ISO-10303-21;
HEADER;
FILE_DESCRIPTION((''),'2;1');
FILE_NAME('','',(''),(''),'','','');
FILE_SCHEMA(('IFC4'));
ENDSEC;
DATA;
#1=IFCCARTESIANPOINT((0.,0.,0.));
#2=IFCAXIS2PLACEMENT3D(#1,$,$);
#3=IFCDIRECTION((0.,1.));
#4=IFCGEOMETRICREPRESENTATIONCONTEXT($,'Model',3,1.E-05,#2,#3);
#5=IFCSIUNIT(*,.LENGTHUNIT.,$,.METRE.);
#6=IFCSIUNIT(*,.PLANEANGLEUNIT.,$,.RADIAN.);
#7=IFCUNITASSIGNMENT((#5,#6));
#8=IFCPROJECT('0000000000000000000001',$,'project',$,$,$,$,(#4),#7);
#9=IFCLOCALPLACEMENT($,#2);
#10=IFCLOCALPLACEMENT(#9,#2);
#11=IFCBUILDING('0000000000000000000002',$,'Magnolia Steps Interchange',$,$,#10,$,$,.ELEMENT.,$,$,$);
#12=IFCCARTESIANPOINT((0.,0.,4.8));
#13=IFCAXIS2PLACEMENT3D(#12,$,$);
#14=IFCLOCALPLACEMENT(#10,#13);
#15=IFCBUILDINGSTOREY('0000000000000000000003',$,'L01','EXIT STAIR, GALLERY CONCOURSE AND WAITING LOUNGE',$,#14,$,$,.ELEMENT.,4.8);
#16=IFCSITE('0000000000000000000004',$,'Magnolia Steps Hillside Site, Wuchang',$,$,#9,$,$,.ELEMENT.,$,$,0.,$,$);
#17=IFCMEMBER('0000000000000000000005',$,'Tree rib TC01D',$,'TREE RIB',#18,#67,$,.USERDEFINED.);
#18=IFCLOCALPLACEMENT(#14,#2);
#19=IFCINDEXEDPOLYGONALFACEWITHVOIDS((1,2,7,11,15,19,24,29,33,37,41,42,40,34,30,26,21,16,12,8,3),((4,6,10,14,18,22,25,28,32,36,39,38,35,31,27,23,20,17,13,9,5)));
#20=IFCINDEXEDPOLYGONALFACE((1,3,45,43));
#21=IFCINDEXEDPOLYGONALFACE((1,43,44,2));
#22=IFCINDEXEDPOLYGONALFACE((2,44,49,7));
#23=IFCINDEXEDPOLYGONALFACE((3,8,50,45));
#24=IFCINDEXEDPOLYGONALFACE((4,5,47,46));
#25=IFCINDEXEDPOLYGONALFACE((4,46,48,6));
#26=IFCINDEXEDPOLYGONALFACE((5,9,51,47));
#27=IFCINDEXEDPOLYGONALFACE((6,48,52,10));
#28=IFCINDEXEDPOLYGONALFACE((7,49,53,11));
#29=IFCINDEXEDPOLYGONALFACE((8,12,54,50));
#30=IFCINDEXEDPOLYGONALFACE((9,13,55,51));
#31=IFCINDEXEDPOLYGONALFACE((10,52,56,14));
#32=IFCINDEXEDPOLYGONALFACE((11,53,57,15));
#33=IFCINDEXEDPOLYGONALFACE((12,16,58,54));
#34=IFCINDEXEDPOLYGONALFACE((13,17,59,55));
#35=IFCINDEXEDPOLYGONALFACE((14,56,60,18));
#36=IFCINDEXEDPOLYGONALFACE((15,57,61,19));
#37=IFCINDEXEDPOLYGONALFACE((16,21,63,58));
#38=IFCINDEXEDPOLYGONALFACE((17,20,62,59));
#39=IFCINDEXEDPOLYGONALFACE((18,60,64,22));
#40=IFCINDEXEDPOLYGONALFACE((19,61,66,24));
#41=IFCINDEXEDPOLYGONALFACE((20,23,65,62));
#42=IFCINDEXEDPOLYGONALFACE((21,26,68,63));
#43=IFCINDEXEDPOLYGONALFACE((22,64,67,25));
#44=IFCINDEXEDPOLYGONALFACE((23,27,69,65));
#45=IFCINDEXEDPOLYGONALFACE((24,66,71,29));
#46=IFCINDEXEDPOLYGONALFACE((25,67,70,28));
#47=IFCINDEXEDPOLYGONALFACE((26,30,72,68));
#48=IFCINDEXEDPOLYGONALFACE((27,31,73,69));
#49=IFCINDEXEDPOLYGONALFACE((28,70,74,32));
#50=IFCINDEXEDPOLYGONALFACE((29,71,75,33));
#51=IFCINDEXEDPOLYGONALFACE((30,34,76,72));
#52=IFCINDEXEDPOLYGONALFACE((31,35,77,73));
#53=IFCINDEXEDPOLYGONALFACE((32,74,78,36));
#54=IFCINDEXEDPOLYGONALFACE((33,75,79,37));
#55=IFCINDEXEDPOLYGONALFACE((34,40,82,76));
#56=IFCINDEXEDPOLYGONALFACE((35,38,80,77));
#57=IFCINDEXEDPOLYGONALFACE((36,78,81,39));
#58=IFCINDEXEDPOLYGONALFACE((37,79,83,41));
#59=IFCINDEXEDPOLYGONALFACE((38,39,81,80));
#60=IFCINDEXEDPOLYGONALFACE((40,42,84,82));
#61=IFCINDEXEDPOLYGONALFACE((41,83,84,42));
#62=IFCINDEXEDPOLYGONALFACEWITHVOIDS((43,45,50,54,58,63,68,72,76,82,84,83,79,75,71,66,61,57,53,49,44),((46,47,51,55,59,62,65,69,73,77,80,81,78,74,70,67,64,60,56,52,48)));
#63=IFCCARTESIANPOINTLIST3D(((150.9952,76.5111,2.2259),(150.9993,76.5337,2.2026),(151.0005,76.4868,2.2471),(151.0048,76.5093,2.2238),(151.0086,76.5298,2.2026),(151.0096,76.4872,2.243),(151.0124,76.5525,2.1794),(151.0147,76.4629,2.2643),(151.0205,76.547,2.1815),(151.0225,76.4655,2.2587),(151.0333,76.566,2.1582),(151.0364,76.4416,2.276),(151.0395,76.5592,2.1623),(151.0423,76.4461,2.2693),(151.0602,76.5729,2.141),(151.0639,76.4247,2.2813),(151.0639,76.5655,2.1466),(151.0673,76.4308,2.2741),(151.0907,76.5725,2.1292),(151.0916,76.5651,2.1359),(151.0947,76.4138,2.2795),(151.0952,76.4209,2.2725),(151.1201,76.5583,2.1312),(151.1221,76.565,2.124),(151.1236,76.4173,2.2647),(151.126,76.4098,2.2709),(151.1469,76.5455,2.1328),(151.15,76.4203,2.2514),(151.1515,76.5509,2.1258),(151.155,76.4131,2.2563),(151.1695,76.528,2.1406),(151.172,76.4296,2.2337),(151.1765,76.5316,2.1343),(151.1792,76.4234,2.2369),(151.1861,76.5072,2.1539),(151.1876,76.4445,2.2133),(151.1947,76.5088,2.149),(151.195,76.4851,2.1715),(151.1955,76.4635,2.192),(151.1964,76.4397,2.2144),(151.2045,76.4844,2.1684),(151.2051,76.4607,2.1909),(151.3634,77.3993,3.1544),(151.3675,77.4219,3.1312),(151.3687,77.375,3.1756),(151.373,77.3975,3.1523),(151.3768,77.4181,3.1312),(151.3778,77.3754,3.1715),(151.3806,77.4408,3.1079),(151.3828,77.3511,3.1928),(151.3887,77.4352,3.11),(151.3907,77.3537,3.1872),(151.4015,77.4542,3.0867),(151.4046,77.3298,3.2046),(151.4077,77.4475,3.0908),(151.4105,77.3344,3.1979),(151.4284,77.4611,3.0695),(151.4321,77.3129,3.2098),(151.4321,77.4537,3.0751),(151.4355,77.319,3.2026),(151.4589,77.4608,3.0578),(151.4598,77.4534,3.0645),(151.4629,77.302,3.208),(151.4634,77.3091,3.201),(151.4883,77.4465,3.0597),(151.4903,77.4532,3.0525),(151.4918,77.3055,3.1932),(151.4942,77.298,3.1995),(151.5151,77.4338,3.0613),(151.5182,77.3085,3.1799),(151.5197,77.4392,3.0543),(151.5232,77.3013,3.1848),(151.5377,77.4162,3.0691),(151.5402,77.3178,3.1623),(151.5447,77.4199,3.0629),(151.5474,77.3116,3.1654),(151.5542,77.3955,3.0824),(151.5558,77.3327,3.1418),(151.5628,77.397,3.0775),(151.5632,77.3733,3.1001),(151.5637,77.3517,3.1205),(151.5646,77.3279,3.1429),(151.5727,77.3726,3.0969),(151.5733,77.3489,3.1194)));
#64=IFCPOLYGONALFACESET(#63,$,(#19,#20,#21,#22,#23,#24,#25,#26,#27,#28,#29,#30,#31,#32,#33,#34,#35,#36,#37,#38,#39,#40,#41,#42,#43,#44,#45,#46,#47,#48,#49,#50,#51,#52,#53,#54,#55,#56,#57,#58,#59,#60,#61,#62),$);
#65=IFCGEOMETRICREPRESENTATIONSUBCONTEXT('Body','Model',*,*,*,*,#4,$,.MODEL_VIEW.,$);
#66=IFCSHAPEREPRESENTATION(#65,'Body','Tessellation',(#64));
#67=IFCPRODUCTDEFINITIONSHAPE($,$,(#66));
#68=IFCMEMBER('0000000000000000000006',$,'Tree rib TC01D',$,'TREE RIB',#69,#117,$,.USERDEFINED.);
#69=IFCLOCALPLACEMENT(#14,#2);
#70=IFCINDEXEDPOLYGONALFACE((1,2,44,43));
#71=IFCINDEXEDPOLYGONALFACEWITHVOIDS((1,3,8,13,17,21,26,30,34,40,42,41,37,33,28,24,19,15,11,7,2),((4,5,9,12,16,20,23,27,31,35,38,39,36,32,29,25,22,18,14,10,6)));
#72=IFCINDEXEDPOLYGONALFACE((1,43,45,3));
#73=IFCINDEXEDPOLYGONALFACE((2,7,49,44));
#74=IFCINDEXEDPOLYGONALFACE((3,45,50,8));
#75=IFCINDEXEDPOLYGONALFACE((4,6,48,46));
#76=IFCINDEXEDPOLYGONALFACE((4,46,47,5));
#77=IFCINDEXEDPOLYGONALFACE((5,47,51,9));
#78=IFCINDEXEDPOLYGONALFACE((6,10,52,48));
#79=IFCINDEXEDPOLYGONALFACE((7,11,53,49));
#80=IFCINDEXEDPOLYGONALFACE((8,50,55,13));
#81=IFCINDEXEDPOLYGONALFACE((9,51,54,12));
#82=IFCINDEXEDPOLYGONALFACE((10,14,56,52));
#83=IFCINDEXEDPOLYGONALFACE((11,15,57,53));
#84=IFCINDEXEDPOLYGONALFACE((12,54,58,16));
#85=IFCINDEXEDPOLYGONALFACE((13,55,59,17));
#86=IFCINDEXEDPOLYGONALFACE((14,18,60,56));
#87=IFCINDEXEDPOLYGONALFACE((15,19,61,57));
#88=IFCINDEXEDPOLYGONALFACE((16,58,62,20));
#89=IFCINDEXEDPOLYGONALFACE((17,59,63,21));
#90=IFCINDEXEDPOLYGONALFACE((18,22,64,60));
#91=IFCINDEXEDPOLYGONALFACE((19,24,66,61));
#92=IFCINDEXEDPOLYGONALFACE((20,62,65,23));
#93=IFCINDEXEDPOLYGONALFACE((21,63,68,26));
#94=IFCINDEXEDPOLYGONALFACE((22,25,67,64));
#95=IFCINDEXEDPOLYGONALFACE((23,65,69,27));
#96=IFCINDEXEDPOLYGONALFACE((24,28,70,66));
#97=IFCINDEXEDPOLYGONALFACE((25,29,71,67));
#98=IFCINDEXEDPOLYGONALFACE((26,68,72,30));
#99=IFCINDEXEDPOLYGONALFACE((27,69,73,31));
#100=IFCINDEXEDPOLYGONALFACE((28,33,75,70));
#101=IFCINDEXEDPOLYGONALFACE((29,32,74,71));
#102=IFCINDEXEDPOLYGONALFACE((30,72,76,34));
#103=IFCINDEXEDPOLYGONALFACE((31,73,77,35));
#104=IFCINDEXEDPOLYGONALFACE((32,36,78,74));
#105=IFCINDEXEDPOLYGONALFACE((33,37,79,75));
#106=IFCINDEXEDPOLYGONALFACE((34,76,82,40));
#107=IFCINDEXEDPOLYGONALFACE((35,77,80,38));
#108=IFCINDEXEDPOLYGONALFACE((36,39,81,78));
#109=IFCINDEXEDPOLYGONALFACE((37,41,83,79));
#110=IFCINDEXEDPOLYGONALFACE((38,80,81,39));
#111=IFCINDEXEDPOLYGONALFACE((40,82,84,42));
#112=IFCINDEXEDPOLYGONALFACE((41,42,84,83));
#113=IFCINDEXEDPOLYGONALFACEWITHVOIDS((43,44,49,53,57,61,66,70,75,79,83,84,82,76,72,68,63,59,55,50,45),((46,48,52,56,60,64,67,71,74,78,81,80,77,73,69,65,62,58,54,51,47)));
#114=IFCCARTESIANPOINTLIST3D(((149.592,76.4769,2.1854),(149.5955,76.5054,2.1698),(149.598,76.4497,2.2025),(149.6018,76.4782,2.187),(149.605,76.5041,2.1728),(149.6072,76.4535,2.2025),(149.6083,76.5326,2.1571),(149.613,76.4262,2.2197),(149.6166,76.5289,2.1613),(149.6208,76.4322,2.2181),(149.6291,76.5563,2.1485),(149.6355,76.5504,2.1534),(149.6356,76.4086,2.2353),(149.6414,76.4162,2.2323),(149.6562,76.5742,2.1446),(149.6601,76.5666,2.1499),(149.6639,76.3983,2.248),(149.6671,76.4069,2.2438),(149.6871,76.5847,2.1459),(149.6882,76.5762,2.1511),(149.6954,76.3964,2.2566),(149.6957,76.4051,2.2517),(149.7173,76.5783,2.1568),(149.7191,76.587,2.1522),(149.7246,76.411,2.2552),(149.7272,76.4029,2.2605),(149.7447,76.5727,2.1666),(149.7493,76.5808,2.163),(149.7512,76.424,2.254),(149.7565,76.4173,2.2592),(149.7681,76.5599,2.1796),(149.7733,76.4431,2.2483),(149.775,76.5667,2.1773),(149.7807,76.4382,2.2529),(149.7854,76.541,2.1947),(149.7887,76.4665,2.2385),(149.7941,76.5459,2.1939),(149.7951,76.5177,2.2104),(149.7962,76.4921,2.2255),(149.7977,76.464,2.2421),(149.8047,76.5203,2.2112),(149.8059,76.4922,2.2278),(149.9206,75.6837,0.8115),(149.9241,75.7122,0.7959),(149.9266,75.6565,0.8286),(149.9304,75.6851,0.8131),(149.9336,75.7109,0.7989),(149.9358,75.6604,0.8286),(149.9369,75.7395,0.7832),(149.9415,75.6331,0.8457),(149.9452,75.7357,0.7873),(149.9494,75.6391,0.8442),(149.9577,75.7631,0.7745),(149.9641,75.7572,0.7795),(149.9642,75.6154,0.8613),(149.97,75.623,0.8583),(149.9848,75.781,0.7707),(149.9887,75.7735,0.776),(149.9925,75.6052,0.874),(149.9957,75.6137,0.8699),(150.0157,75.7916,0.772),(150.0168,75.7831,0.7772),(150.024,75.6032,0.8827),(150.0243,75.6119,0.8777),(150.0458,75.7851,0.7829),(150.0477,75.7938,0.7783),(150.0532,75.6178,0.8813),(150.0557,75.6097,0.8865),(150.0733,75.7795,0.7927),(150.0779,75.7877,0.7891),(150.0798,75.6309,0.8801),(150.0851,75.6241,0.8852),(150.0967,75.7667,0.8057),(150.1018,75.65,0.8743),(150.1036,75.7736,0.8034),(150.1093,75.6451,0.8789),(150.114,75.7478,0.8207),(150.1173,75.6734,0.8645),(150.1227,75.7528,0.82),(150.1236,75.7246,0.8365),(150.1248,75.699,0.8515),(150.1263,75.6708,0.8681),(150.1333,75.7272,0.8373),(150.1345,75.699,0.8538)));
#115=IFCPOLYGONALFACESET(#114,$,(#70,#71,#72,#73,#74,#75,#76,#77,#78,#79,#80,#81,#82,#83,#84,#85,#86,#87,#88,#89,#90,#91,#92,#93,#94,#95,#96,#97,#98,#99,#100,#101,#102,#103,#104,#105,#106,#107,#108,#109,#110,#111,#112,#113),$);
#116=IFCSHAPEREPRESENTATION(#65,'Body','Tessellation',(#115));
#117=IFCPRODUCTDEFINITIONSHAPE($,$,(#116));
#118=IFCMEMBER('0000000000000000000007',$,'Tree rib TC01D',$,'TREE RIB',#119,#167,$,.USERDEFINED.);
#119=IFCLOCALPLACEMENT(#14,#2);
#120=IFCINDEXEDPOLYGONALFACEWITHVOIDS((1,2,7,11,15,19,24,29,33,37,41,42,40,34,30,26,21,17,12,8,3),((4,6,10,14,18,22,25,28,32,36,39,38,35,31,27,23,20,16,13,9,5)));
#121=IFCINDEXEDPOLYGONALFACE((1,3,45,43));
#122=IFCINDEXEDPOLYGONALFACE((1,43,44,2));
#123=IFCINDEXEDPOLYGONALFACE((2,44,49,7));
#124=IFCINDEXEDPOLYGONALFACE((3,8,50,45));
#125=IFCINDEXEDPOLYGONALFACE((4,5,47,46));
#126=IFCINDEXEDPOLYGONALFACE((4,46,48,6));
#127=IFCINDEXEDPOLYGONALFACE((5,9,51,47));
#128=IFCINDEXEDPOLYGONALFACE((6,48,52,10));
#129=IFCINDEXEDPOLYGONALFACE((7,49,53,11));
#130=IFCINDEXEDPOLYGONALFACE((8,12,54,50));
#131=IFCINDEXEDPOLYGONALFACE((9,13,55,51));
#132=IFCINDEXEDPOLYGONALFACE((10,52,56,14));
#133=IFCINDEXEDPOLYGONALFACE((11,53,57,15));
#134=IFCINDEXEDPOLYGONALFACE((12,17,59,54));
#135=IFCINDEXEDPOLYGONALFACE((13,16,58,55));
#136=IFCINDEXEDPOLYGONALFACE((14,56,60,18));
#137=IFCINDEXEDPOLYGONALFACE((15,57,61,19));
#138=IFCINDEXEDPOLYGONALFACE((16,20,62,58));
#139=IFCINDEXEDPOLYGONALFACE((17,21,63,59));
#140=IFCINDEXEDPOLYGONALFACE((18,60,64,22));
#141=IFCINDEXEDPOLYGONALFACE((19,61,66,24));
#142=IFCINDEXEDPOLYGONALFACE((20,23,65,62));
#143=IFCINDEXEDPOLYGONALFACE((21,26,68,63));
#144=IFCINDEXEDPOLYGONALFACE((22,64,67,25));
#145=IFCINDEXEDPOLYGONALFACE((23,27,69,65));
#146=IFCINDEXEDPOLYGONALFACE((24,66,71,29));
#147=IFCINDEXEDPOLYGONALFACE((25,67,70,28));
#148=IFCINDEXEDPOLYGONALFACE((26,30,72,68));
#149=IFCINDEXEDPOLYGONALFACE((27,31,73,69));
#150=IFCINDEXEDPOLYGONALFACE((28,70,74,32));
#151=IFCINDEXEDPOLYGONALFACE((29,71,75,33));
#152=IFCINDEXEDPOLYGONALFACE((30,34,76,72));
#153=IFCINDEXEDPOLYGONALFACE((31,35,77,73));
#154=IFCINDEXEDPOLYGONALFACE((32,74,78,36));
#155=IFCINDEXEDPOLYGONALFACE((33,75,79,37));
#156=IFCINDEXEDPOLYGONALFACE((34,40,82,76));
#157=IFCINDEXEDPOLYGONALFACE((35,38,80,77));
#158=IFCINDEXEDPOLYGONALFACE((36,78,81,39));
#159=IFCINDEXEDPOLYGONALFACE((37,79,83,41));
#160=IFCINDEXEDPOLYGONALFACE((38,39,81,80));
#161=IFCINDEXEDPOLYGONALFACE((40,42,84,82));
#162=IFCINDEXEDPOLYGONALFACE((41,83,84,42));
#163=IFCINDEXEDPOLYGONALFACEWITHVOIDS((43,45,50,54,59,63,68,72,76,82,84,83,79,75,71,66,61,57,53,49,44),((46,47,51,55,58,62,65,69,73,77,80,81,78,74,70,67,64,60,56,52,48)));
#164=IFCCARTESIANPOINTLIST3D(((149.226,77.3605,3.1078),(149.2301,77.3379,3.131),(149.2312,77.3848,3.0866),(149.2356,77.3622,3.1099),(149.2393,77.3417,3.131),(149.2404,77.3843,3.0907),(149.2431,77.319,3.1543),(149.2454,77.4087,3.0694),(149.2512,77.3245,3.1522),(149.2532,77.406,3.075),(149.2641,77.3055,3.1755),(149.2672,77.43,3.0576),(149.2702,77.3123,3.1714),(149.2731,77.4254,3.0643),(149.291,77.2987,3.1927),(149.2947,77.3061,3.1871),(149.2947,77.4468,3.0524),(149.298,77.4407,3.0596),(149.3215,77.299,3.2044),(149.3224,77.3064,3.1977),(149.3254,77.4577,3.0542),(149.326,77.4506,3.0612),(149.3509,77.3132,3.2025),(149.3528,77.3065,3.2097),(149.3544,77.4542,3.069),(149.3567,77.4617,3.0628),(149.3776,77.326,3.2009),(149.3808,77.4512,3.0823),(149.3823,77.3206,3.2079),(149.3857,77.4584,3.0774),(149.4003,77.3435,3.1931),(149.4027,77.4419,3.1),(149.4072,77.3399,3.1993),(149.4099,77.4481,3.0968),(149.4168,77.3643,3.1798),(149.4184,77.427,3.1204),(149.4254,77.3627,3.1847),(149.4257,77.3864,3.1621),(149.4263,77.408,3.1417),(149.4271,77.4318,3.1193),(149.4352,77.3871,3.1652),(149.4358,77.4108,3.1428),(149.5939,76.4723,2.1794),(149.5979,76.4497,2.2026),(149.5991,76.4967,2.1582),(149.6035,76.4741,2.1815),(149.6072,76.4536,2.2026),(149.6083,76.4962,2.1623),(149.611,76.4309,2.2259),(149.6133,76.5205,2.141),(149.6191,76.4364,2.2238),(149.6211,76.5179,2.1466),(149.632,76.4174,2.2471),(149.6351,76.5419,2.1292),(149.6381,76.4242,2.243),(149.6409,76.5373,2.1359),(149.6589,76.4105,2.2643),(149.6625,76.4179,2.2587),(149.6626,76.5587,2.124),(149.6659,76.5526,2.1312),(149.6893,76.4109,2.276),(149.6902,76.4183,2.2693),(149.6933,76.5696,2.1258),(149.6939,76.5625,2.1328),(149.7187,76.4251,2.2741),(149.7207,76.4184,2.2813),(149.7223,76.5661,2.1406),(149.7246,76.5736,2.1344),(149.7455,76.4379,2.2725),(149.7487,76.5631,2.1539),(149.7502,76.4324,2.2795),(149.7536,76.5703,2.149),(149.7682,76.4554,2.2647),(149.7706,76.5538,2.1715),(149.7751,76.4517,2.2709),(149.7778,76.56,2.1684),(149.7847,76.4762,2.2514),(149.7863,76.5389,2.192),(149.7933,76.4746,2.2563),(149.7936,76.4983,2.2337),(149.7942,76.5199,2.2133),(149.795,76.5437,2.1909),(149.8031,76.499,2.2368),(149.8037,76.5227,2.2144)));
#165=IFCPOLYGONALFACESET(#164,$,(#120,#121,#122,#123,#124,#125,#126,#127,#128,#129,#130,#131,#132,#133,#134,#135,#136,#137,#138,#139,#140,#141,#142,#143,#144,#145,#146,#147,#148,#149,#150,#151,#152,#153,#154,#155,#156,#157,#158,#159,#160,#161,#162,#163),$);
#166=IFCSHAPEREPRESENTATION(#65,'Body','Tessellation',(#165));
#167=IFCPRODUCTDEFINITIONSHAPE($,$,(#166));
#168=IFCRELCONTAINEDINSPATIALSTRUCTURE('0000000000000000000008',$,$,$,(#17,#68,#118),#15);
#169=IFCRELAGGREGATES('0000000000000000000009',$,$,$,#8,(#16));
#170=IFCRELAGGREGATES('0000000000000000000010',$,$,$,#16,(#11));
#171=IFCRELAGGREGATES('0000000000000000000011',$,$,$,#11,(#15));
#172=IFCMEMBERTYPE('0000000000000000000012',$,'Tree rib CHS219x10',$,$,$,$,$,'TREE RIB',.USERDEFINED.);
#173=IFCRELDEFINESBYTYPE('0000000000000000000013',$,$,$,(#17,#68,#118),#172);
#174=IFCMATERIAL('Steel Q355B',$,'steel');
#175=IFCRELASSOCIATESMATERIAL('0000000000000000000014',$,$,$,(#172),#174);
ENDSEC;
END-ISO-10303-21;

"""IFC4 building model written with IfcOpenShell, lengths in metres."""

from ifc_helpers import new_model, si_unit, direction, frame, origin, origin_2d, place, context, subcontext, project, spatial, hollow_circle, extrude, material, material_profile, profile_set, type_object, element, save


model = new_model("IFC4")

# Units and contexts
model_context = context("Model", 3, precision=1e-05, world=origin(), true_north=direction((0.0, 1.0)))
body_context = subcontext(model_context, "Body", "Model", "MODEL_VIEW")
ifc_project = project(units=[si_unit("LENGTHUNIT", "METRE"), si_unit("PLANEANGLEUNIT", "RADIAN")], contexts=[model_context])

# Site, building, storey
site_placement = place(None, origin())
site = spatial("IfcSite", under=ifc_project, at=site_placement, Name="Magnolia Steps Hillside Site, Wuchang", CompositionType="ELEMENT", RefElevation=0.0)
building_placement = place(site_placement, origin())
building = spatial("IfcBuilding", under=site, at=building_placement, Name="Magnolia Steps Interchange", CompositionType="ELEMENT")
storey_placement = place(building_placement, frame((0.0, 0.0, 4.8)))
storey = spatial("IfcBuildingStorey", under=building, at=storey_placement, Name="L01", Description="EXIT STAIR, GALLERY CONCOURSE AND WAITING LOUNGE", CompositionType="ELEMENT", Elevation=4.8)

# Members
ifc_material_1 = material(Name="Steel Q355B", Category="steel")
ifc_material_profile_1 = material_profile(ifc_material_1, hollow_circle(Radius=0.1096, WallThickness=0.01, at=origin_2d()), Name="CHS219x10")
ifc_profile_set_1 = profile_set([ifc_material_profile_1], Name="Steel Q355B")
member_type = type_object("IfcMemberType", Name="Tree rib CHS219x10", ElementType="TREE RIB", PredefinedType="USERDEFINED", material=ifc_profile_set_1)
member_1_placement = place(storey_placement, frame((151.1006, 76.4917, 2.2026), z_axis=(0.275451, 0.664516, 0.694655), x_axis=(-0.923782, 0.38292, 0.0)))
element("IfcMember", 1, at=member_1_placement, inside=storey, type_object=member_type, Name="Tree rib TC01D", ObjectType="TREE RIB", PredefinedType="USERDEFINED", context=body_context, shape_type="SweptSolid", body=[
    extrude(hollow_circle(Radius=0.1096, WallThickness=0.01, at=origin_2d()), origin(), (0.0, 0.0, 1.0), 1.3367),
])
member_2_placement = place(storey_placement, frame((150.0278, 75.6985, 0.8286), z_axis=(-0.20282, 0.489571, 0.848047), x_axis=(-0.923857, -0.382737, 0.0)))
element("IfcMember", 2, at=member_2_placement, inside=storey, type_object=member_type, Name="Tree rib TC01D", ObjectType="TREE RIB", PredefinedType="USERDEFINED", context=body_context, shape_type="SweptSolid", body=[
    extrude(hollow_circle(Radius=0.1096, WallThickness=0.01, at=origin_2d()), origin(), (0.0, 0.0, 1.0), 1.6201),
])
member_3_placement = place(storey_placement, frame((149.6992, 76.4917, 2.2026), z_axis=(-0.275282, 0.664549, 0.69469), x_axis=(-0.923871, -0.382703, 0.0)))
element("IfcMember", 3, at=member_3_placement, inside=storey, type_object=member_type, Name="Tree rib TC01D", ObjectType="TREE RIB", PredefinedType="USERDEFINED", context=body_context, shape_type="SweptSolid", body=[
    extrude(hollow_circle(Radius=0.1096, WallThickness=0.01, at=origin_2d()), origin(), (0.0, 0.0, 1.0), 1.3364),
])

save(model, "model.ifc")
